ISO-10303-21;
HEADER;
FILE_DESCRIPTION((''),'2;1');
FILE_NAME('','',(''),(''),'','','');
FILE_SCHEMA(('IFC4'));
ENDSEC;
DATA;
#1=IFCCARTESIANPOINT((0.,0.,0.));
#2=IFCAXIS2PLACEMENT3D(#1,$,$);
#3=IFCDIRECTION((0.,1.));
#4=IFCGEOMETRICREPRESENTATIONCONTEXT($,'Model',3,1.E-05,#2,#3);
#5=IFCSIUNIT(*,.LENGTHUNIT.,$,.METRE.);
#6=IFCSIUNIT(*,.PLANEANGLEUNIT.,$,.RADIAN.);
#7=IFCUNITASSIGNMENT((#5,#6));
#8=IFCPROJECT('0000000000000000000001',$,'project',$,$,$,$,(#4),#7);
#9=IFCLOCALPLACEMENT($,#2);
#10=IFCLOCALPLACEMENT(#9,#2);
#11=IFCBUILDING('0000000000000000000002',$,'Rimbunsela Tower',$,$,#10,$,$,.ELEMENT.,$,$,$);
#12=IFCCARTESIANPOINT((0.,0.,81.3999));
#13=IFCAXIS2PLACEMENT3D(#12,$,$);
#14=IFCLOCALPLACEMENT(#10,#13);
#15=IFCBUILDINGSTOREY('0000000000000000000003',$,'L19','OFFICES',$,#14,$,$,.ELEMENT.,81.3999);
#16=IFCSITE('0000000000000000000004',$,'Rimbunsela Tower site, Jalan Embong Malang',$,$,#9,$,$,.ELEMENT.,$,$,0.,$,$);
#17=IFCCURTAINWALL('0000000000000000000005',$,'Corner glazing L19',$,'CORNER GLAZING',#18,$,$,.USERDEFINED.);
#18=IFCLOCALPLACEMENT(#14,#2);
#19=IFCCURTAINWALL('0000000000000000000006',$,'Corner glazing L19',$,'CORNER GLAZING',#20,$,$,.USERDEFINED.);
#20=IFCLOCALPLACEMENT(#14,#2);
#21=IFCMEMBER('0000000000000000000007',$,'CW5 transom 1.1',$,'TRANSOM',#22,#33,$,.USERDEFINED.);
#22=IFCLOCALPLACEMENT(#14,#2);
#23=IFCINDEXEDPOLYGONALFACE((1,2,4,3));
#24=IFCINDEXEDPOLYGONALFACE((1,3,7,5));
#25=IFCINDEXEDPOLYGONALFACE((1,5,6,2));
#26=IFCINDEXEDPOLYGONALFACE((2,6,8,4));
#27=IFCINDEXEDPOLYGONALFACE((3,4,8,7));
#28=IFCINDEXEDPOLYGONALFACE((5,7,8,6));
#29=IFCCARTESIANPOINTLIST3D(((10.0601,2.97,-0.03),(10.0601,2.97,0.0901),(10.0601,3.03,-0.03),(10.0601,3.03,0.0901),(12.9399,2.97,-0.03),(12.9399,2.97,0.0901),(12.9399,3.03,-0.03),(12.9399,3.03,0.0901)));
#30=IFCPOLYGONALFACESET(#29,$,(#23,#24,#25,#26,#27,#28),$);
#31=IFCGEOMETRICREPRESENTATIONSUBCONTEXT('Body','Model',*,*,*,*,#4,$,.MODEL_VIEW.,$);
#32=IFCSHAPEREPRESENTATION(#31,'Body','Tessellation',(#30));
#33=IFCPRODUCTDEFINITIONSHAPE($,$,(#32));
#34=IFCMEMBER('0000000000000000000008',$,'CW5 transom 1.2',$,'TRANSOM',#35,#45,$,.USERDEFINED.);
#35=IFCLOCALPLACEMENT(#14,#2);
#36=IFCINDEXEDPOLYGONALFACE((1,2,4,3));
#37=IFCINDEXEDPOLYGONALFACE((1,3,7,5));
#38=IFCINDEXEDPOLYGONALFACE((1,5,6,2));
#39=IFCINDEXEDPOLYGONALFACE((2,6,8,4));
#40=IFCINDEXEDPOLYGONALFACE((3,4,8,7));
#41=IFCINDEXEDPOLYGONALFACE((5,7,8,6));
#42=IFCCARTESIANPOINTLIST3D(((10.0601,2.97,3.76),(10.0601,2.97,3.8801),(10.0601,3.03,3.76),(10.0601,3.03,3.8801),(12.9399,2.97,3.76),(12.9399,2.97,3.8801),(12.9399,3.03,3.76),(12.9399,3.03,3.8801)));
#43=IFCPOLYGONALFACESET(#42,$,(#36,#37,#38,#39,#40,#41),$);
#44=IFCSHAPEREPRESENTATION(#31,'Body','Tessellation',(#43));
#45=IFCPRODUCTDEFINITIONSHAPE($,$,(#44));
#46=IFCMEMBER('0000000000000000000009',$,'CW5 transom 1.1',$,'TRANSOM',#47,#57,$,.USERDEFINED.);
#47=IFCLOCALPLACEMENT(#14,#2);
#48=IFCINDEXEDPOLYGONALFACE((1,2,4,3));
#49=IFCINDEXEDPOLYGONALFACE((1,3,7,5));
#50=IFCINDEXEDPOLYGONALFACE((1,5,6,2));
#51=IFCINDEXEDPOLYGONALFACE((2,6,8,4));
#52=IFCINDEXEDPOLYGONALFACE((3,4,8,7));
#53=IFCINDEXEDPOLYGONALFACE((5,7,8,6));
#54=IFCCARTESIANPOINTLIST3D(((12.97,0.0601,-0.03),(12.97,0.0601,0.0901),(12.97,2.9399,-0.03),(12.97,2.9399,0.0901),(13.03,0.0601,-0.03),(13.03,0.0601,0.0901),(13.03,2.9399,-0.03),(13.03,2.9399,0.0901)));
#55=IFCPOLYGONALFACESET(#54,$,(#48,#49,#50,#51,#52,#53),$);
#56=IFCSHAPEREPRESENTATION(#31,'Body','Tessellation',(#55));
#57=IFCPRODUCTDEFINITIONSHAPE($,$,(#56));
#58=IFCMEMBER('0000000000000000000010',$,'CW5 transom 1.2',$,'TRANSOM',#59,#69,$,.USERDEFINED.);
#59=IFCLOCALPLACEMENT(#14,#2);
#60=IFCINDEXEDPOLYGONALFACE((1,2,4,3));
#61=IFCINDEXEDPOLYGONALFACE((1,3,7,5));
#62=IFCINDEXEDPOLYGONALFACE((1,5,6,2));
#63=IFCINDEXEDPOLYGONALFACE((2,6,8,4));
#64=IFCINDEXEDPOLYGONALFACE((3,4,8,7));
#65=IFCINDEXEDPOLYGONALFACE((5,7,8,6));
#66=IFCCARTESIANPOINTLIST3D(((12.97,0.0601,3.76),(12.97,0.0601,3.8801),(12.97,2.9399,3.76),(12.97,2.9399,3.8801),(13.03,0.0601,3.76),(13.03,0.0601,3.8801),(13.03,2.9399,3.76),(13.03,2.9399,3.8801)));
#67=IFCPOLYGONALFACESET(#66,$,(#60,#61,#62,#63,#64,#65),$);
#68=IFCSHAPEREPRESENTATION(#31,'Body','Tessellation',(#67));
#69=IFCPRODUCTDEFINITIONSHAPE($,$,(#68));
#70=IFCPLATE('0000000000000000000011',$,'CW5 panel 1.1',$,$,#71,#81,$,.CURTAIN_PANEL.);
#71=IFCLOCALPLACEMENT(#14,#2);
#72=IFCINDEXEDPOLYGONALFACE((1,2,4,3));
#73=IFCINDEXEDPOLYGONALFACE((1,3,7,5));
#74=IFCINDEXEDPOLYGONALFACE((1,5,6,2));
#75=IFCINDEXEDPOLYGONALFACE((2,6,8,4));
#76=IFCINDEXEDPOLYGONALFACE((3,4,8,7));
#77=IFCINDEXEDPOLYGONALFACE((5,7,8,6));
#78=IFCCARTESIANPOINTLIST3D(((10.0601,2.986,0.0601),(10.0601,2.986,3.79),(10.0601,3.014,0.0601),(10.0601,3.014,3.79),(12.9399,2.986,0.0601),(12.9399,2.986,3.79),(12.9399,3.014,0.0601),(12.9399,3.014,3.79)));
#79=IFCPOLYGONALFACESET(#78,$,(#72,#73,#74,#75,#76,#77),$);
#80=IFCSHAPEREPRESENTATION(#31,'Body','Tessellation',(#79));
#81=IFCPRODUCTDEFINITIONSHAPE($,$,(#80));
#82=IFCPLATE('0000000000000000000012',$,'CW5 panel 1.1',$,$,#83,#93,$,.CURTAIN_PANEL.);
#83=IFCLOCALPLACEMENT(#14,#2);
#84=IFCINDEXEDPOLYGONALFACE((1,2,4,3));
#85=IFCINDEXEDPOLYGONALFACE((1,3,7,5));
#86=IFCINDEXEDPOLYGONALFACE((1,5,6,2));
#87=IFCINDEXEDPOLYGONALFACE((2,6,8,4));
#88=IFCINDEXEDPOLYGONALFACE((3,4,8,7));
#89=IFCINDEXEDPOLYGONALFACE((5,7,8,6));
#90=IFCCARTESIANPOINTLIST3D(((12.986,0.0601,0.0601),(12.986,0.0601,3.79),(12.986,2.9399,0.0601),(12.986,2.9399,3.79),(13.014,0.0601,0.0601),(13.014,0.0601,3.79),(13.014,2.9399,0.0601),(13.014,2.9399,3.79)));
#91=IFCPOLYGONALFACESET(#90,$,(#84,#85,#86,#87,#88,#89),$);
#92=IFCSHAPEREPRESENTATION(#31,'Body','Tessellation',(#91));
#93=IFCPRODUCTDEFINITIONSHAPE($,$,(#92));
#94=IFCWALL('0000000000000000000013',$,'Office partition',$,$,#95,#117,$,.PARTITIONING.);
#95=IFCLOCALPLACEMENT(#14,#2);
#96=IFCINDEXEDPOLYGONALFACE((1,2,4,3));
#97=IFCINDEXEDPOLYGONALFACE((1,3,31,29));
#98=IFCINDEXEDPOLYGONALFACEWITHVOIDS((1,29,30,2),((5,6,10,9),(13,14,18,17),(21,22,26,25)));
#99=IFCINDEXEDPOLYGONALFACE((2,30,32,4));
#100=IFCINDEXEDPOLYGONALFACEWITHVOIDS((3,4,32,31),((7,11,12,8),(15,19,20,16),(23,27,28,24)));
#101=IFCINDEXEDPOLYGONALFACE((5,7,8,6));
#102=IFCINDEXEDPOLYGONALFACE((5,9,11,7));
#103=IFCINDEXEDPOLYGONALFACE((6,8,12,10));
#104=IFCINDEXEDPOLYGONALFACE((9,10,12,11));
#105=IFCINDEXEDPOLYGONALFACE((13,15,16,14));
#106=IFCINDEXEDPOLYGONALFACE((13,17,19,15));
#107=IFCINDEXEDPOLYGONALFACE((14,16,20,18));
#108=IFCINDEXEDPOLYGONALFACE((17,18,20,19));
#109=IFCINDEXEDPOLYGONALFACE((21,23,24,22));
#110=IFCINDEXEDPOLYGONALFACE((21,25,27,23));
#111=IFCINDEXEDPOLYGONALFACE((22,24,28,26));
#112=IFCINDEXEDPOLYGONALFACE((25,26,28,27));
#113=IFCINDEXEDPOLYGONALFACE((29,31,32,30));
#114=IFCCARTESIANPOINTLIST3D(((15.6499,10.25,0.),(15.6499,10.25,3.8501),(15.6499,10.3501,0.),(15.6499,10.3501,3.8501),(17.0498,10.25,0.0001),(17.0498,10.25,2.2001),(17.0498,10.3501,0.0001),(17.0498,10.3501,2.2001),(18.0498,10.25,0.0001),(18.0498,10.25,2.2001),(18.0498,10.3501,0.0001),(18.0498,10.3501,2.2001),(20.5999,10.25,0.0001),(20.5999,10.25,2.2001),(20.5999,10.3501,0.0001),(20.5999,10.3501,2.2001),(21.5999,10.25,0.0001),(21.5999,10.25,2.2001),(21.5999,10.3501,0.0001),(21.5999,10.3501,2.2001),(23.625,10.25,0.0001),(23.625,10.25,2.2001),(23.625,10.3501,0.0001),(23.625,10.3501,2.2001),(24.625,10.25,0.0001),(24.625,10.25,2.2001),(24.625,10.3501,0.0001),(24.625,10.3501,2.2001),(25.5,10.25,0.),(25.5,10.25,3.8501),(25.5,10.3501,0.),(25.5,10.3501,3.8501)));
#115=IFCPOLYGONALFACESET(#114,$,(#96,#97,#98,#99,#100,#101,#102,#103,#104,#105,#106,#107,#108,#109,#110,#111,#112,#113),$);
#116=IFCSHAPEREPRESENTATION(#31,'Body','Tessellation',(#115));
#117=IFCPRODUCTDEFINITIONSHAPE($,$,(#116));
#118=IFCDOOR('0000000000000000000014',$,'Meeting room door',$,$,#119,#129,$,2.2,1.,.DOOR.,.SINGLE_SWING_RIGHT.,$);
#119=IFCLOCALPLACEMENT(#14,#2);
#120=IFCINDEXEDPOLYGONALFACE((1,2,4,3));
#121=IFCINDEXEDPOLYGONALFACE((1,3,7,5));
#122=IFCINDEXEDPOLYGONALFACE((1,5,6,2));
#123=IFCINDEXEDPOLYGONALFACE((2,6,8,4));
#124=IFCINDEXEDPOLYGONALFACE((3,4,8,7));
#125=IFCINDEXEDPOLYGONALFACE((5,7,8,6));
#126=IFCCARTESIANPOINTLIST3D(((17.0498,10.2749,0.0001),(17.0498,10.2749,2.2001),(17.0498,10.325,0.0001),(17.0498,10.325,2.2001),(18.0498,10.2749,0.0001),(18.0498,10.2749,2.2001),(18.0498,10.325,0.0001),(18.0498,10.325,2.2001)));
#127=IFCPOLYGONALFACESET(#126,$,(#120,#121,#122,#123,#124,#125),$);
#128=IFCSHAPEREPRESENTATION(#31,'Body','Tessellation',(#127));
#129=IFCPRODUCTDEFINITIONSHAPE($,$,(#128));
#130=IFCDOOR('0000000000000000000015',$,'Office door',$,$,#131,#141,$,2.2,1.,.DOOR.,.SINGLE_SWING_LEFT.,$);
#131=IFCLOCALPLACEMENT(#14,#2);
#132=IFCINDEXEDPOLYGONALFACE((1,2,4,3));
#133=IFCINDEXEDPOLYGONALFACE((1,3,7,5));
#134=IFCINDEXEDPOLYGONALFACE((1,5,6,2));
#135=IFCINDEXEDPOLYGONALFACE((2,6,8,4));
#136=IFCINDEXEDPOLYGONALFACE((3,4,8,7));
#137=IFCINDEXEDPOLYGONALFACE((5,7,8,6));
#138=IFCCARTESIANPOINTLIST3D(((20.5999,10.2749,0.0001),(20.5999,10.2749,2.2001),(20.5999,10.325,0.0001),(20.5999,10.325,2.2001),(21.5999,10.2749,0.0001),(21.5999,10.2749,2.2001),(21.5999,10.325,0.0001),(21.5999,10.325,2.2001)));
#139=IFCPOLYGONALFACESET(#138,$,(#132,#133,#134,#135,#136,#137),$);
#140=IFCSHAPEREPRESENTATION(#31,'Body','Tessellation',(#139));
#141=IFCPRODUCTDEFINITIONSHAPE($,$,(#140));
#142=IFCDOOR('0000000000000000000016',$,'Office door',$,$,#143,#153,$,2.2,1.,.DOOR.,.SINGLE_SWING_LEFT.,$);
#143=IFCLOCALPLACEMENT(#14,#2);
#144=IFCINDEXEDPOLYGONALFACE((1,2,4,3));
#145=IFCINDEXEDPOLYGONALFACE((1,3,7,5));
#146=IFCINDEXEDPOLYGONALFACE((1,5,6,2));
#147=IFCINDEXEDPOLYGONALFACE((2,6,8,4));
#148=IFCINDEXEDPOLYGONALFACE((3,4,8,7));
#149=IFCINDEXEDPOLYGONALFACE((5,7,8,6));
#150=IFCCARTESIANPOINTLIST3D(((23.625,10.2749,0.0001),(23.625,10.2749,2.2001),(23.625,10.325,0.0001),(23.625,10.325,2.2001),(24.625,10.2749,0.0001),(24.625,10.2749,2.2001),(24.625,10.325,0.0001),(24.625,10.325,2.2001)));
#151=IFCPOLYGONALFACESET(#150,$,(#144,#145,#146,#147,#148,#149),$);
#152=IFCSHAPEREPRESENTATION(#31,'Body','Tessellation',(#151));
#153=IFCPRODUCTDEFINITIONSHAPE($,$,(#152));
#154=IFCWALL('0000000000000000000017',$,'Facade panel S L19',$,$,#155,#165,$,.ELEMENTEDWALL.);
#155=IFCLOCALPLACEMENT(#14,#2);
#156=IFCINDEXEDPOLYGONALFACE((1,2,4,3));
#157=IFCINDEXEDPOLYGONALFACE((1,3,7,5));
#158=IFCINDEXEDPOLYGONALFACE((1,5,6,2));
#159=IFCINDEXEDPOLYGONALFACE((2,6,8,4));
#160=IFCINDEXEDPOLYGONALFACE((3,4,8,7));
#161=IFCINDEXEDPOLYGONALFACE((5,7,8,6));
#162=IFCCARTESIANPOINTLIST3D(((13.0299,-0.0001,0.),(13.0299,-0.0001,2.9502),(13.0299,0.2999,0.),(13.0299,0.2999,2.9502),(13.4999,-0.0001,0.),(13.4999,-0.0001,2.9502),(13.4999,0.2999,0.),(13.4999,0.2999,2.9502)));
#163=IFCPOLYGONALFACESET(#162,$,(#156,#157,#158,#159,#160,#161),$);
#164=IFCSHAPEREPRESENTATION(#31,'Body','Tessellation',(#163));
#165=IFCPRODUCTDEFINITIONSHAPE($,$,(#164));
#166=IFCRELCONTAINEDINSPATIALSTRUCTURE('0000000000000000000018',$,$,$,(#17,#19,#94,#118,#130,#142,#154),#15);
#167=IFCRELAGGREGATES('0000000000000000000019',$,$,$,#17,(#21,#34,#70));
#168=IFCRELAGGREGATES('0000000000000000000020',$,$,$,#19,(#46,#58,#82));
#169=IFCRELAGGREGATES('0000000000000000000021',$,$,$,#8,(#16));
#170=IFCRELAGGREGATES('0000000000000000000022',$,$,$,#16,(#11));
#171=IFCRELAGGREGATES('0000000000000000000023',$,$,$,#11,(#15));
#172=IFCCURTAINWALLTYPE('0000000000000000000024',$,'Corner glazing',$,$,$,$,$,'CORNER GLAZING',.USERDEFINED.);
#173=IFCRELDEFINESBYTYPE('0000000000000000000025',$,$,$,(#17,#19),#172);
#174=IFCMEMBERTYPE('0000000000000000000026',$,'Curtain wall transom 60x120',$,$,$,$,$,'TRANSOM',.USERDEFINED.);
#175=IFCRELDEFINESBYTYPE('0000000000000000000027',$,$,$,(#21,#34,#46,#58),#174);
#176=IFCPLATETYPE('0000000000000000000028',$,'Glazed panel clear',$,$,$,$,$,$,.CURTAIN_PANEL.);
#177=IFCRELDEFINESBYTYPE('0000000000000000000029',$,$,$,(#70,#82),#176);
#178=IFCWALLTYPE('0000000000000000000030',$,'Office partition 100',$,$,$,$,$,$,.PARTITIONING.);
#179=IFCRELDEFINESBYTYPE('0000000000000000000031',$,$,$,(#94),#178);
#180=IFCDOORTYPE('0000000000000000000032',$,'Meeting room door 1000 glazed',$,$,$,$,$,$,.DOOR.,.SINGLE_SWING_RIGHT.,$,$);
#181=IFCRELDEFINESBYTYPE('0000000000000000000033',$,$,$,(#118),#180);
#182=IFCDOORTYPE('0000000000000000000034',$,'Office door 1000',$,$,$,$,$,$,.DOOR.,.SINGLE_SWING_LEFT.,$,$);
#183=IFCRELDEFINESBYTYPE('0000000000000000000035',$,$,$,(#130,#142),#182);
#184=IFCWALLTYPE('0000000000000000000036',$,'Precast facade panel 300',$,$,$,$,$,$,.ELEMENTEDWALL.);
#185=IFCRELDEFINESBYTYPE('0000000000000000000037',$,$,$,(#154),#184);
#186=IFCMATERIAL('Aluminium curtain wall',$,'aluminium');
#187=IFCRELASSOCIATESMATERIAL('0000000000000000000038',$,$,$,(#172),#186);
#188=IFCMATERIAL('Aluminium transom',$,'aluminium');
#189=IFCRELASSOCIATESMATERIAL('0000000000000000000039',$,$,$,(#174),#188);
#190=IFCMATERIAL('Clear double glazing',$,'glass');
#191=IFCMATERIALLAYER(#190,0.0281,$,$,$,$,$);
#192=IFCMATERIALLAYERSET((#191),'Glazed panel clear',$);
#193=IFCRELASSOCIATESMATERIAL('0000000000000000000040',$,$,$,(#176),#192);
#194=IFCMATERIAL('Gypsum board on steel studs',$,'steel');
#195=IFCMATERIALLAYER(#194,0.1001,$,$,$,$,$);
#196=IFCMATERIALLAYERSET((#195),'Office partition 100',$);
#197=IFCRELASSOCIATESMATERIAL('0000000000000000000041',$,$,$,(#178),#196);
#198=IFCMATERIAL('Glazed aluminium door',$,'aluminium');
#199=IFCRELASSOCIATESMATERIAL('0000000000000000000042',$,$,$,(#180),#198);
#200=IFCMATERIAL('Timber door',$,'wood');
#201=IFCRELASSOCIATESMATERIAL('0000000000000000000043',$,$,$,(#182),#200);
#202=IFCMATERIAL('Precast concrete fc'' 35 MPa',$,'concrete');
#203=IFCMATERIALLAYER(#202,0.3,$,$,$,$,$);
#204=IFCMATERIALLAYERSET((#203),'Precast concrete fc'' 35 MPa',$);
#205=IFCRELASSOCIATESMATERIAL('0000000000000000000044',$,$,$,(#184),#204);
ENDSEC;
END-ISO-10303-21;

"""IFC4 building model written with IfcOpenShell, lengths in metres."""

from ifc_helpers import new_model, si_unit, direction, frame, frame_2d, origin, origin_2d, place, context, subcontext, project, spatial, rectangle, extrude, material, layer, layer_set, material_profile, profile_set, type_object, element, fill, aggregate, save


model = new_model("IFC4")

# Units and contexts
model_context = context("Model", 3, precision=1e-05, world=origin(), true_north=direction((0.0, 1.0)))
body_context = subcontext(model_context, "Body", "Model", "MODEL_VIEW")
ifc_project = project(units=[si_unit("LENGTHUNIT", "METRE"), si_unit("PLANEANGLEUNIT", "RADIAN")], contexts=[model_context])

# Site, building, storey
site_placement = place(None, origin())
site = spatial("IfcSite", under=ifc_project, at=site_placement, Name="Rimbunsela Tower site, Jalan Embong Malang", CompositionType="ELEMENT", RefElevation=0.0)
building_placement = place(site_placement, origin())
building = spatial("IfcBuilding", under=site, at=building_placement, Name="Rimbunsela Tower", CompositionType="ELEMENT")
storey_placement = place(building_placement, frame((0.0, 0.0, 81.3999)))
storey = spatial("IfcBuildingStorey", under=building, at=storey_placement, Name="L19", Description="OFFICES", CompositionType="ELEMENT", Elevation=81.3999)

# Curtain walls
ifc_material_1 = material(Name="Aluminium curtain wall", Category="aluminium")
curtain_wall_type = type_object("IfcCurtainWallType", Name="Corner glazing", ElementType="CORNER GLAZING", PredefinedType="USERDEFINED", material=ifc_material_1)
curtain_wall_1_placement = place(storey_placement, origin())
curtain_wall_1 = element("IfcCurtainWall", 1, at=curtain_wall_1_placement, inside=storey, type_object=curtain_wall_type, Name="Corner glazing L19", ObjectType="CORNER GLAZING", PredefinedType="USERDEFINED")
curtain_wall_2_placement = place(storey_placement, origin())
curtain_wall_2 = element("IfcCurtainWall", 2, at=curtain_wall_2_placement, inside=storey, type_object=curtain_wall_type, Name="Corner glazing L19", ObjectType="CORNER GLAZING", PredefinedType="USERDEFINED")

# Members
ifc_material_2 = material(Name="Aluminium transom", Category="aluminium")
ifc_material_profile_1 = material_profile(ifc_material_2, rectangle(XDim=0.0601, YDim=0.1201, at=origin_2d()), Name="Transom 60x120")
ifc_profile_set_1 = profile_set([ifc_material_profile_1], Name="Aluminium transom")
member_type_1 = type_object("IfcMemberType", Name="Curtain wall transom 60x120", ElementType="TRANSOM", PredefinedType="USERDEFINED", material=ifc_profile_set_1)
member_1_placement = place(storey_placement, frame((10.0601, 3.0, 0.03), z_axis=(1.0, 0.0, 0.0), x_axis=(0.0, 1.0, 0.0)))
member_1 = element("IfcMember", 3, at=member_1_placement, type_object=member_type_1, Name="CW5 transom 1.1", ObjectType="TRANSOM", PredefinedType="USERDEFINED", context=body_context, shape_type="SweptSolid", body=[
    extrude(rectangle(XDim=0.0601, YDim=0.1201, at=origin_2d()), origin(), (0.0, 0.0, 1.0), 2.8799),
])
member_2_placement = place(storey_placement, frame((10.0601, 3.0, 3.8201), z_axis=(1.0, 0.0, 0.0), x_axis=(0.0, 1.0, 0.0)))
member_2 = element("IfcMember", 4, at=member_2_placement, type_object=member_type_1, Name="CW5 transom 1.2", ObjectType="TRANSOM", PredefinedType="USERDEFINED", context=body_context, shape_type="SweptSolid", body=[
    extrude(rectangle(XDim=0.0601, YDim=0.1201, at=origin_2d()), origin(), (0.0, 0.0, 1.0), 2.8799),
])
member_3_placement = place(storey_placement, frame((13.0, 2.9399, 0.03), z_axis=(0.0, -1.0, 0.0), x_axis=(1.0, 0.0, 0.0)))
member_3 = element("IfcMember", 5, at=member_3_placement, type_object=member_type_1, Name="CW5 transom 1.1", ObjectType="TRANSOM", PredefinedType="USERDEFINED", context=body_context, shape_type="SweptSolid", body=[
    extrude(rectangle(XDim=0.0601, YDim=0.1201, at=origin_2d()), origin(), (0.0, 0.0, 1.0), 2.8799),
])
member_4_placement = place(storey_placement, frame((13.0, 2.9399, 3.8201), z_axis=(0.0, -1.0, 0.0), x_axis=(1.0, 0.0, 0.0)))
member_4 = element("IfcMember", 6, at=member_4_placement, type_object=member_type_1, Name="CW5 transom 1.2", ObjectType="TRANSOM", PredefinedType="USERDEFINED", context=body_context, shape_type="SweptSolid", body=[
    extrude(rectangle(XDim=0.0601, YDim=0.1201, at=origin_2d()), origin(), (0.0, 0.0, 1.0), 2.8799),
])

# Plates
ifc_material_3 = material(Name="Clear double glazing", Category="glass")
ifc_layer_1 = layer(ifc_material_3, 0.0281)
ifc_layer_set_1 = layer_set([ifc_layer_1], Name="Glazed panel clear")
plate_type = type_object("IfcPlateType", Name="Glazed panel clear", PredefinedType="CURTAIN_PANEL", material=ifc_layer_set_1)
plate_1_placement = place(storey_placement, frame((11.5, 3.0, 0.0601), z_axis=(0.0, 0.0, 1.0), x_axis=(1.0, 0.0, 0.0)))
plate_1 = element("IfcPlate", 7, at=plate_1_placement, type_object=plate_type, Name="CW5 panel 1.1", PredefinedType="CURTAIN_PANEL", context=body_context, shape_type="SweptSolid", body=[
    extrude(rectangle(XDim=2.8799, YDim=0.0281, at=origin_2d()), origin(), (0.0, 0.0, 1.0), 3.73),
])
aggregate(curtain_wall_1, [member_1, member_2, plate_1])
plate_2_placement = place(storey_placement, frame((13.0, 1.5, 0.0601), z_axis=(0.0, 0.0, 1.0), x_axis=(0.0, -1.0, 0.0)))
plate_2 = element("IfcPlate", 8, at=plate_2_placement, type_object=plate_type, Name="CW5 panel 1.1", PredefinedType="CURTAIN_PANEL", context=body_context, shape_type="SweptSolid", body=[
    extrude(rectangle(XDim=2.8799, YDim=0.0281, at=origin_2d()), origin(), (0.0, 0.0, 1.0), 3.73),
])
aggregate(curtain_wall_2, [member_3, member_4, plate_2])

# Wall, openings, doors
ifc_material_4 = material(Name="Gypsum board on steel studs", Category="steel")
ifc_layer_2 = layer(ifc_material_4, 0.1001)
ifc_layer_set_2 = layer_set([ifc_layer_2], Name="Office partition 100")
wall_type_1 = type_object("IfcWallType", Name="Office partition 100", PredefinedType="PARTITIONING", material=ifc_layer_set_2)
wall_1_placement = place(storey_placement, frame((15.6499, 10.3, 0.0), z_axis=(0.0, 0.0, 1.0), x_axis=(1.0, 0.0, 0.0)))
wall_1 = element("IfcWall", 9, at=wall_1_placement, inside=storey, type_object=wall_type_1, Name="Office partition", PredefinedType="PARTITIONING", context=body_context, shape_type="SweptSolid", body=[
    extrude(rectangle(XDim=9.8501, YDim=0.1001, at=frame_2d((4.925, 0.0))), origin(), (0.0, 0.0, 1.0), 3.8501),
])
opening_1_placement = place(wall_1_placement, frame((1.3999, 0.0, 0.0)))
opening_1 = element("IfcOpeningElement", 10, at=opening_1_placement, cuts=wall_1, PredefinedType="OPENING", context=body_context, shape_type="SweptSolid", body=[
    extrude(rectangle(XDim=1.0, YDim=2.2, at=frame_2d((0.5, 1.1001))), frame((0.0, 0.0601, 0.0), z_axis=(0.0, -1.0, 0.0), x_axis=(1.0, 0.0, 0.0)), (0.0, 0.0, 1.0), 0.1201),
])
opening_2_placement = place(wall_1_placement, frame((4.95, 0.0, 0.0)))
opening_2 = element("IfcOpeningElement", 11, at=opening_2_placement, cuts=wall_1, PredefinedType="OPENING", context=body_context, shape_type="SweptSolid", body=[
    extrude(rectangle(XDim=1.0, YDim=2.2, at=frame_2d((0.5, 1.1001))), frame((0.0, 0.0601, 0.0), z_axis=(0.0, -1.0, 0.0), x_axis=(1.0, 0.0, 0.0)), (0.0, 0.0, 1.0), 0.1201),
])
opening_3_placement = place(wall_1_placement, frame((7.9751, 0.0, 0.0)))
opening_3 = element("IfcOpeningElement", 12, at=opening_3_placement, cuts=wall_1, PredefinedType="OPENING", context=body_context, shape_type="SweptSolid", body=[
    extrude(rectangle(XDim=1.0, YDim=2.2, at=frame_2d((0.5, 1.1001))), frame((0.0, 0.0601, 0.0), z_axis=(0.0, -1.0, 0.0), x_axis=(1.0, 0.0, 0.0)), (0.0, 0.0, 1.0), 0.1201),
])
ifc_material_5 = material(Name="Glazed aluminium door", Category="aluminium")
door_type_1 = type_object("IfcDoorType", Name="Meeting room door 1000 glazed", OperationType="SINGLE_SWING_RIGHT", PredefinedType="DOOR", material=ifc_material_5)
door_1_placement = place(opening_1_placement, origin())
door_1 = element("IfcDoor", 13, at=door_1_placement, inside=storey, type_object=door_type_1, Name="Meeting room door", OperationType="SINGLE_SWING_RIGHT", OverallHeight=2.2, OverallWidth=1.0, PredefinedType="DOOR", context=body_context, shape_type="SweptSolid", body=[
    extrude(rectangle(XDim=1.0, YDim=2.2, at=frame_2d((0.5, 1.1001))), frame((0.0, 0.0249, 0.0), z_axis=(0.0, -1.0, 0.0), x_axis=(1.0, 0.0, 0.0)), (0.0, 0.0, 1.0), 0.05),
])
fill(opening_1, door_1)
ifc_material_6 = material(Name="Timber door", Category="wood")
door_type_2 = type_object("IfcDoorType", Name="Office door 1000", OperationType="SINGLE_SWING_LEFT", PredefinedType="DOOR", material=ifc_material_6)
door_2_placement = place(opening_2_placement, origin())
door_2 = element("IfcDoor", 14, at=door_2_placement, inside=storey, type_object=door_type_2, Name="Office door", OperationType="SINGLE_SWING_LEFT", OverallHeight=2.2, OverallWidth=1.0, PredefinedType="DOOR", context=body_context, shape_type="SweptSolid", body=[
    extrude(rectangle(XDim=1.0, YDim=2.2, at=frame_2d((0.5, 1.1001))), frame((0.0, 0.0249, 0.0), z_axis=(0.0, -1.0, 0.0), x_axis=(1.0, 0.0, 0.0)), (0.0, 0.0, 1.0), 0.05),
])
fill(opening_2, door_2)
door_3_placement = place(opening_3_placement, origin())
door_3 = element("IfcDoor", 15, at=door_3_placement, inside=storey, type_object=door_type_2, Name="Office door", OperationType="SINGLE_SWING_LEFT", OverallHeight=2.2, OverallWidth=1.0, PredefinedType="DOOR", context=body_context, shape_type="SweptSolid", body=[
    extrude(rectangle(XDim=1.0, YDim=2.2, at=frame_2d((0.5, 1.1001))), frame((0.0, 0.0249, 0.0), z_axis=(0.0, -1.0, 0.0), x_axis=(1.0, 0.0, 0.0)), (0.0, 0.0, 1.0), 0.05),
])
fill(opening_3, door_3)

# Wall
ifc_material_7 = material(Name="Precast concrete fc' 35 MPa", Category="concrete")
ifc_layer_3 = layer(ifc_material_7, 0.3)
ifc_layer_set_3 = layer_set([ifc_layer_3], Name="Precast concrete fc' 35 MPa")
wall_type_2 = type_object("IfcWallType", Name="Precast facade panel 300", PredefinedType="ELEMENTEDWALL", material=ifc_layer_set_3)
wall_2_placement = place(storey_placement, frame((13.03, 0.1499, 0.0), z_axis=(0.0, 0.0, 1.0), x_axis=(1.0, 0.0, 0.0)))
element("IfcWall", 16, at=wall_2_placement, inside=storey, type_object=wall_type_2, Name="Facade panel S L19", PredefinedType="ELEMENTEDWALL", context=body_context, shape_type="SweptSolid", body=[
    extrude(rectangle(XDim=0.47, YDim=0.3, at=frame_2d((0.2349, 0.0))), origin(), (0.0, 0.0, 1.0), 2.9502),
])

save(model, "model.ifc")
